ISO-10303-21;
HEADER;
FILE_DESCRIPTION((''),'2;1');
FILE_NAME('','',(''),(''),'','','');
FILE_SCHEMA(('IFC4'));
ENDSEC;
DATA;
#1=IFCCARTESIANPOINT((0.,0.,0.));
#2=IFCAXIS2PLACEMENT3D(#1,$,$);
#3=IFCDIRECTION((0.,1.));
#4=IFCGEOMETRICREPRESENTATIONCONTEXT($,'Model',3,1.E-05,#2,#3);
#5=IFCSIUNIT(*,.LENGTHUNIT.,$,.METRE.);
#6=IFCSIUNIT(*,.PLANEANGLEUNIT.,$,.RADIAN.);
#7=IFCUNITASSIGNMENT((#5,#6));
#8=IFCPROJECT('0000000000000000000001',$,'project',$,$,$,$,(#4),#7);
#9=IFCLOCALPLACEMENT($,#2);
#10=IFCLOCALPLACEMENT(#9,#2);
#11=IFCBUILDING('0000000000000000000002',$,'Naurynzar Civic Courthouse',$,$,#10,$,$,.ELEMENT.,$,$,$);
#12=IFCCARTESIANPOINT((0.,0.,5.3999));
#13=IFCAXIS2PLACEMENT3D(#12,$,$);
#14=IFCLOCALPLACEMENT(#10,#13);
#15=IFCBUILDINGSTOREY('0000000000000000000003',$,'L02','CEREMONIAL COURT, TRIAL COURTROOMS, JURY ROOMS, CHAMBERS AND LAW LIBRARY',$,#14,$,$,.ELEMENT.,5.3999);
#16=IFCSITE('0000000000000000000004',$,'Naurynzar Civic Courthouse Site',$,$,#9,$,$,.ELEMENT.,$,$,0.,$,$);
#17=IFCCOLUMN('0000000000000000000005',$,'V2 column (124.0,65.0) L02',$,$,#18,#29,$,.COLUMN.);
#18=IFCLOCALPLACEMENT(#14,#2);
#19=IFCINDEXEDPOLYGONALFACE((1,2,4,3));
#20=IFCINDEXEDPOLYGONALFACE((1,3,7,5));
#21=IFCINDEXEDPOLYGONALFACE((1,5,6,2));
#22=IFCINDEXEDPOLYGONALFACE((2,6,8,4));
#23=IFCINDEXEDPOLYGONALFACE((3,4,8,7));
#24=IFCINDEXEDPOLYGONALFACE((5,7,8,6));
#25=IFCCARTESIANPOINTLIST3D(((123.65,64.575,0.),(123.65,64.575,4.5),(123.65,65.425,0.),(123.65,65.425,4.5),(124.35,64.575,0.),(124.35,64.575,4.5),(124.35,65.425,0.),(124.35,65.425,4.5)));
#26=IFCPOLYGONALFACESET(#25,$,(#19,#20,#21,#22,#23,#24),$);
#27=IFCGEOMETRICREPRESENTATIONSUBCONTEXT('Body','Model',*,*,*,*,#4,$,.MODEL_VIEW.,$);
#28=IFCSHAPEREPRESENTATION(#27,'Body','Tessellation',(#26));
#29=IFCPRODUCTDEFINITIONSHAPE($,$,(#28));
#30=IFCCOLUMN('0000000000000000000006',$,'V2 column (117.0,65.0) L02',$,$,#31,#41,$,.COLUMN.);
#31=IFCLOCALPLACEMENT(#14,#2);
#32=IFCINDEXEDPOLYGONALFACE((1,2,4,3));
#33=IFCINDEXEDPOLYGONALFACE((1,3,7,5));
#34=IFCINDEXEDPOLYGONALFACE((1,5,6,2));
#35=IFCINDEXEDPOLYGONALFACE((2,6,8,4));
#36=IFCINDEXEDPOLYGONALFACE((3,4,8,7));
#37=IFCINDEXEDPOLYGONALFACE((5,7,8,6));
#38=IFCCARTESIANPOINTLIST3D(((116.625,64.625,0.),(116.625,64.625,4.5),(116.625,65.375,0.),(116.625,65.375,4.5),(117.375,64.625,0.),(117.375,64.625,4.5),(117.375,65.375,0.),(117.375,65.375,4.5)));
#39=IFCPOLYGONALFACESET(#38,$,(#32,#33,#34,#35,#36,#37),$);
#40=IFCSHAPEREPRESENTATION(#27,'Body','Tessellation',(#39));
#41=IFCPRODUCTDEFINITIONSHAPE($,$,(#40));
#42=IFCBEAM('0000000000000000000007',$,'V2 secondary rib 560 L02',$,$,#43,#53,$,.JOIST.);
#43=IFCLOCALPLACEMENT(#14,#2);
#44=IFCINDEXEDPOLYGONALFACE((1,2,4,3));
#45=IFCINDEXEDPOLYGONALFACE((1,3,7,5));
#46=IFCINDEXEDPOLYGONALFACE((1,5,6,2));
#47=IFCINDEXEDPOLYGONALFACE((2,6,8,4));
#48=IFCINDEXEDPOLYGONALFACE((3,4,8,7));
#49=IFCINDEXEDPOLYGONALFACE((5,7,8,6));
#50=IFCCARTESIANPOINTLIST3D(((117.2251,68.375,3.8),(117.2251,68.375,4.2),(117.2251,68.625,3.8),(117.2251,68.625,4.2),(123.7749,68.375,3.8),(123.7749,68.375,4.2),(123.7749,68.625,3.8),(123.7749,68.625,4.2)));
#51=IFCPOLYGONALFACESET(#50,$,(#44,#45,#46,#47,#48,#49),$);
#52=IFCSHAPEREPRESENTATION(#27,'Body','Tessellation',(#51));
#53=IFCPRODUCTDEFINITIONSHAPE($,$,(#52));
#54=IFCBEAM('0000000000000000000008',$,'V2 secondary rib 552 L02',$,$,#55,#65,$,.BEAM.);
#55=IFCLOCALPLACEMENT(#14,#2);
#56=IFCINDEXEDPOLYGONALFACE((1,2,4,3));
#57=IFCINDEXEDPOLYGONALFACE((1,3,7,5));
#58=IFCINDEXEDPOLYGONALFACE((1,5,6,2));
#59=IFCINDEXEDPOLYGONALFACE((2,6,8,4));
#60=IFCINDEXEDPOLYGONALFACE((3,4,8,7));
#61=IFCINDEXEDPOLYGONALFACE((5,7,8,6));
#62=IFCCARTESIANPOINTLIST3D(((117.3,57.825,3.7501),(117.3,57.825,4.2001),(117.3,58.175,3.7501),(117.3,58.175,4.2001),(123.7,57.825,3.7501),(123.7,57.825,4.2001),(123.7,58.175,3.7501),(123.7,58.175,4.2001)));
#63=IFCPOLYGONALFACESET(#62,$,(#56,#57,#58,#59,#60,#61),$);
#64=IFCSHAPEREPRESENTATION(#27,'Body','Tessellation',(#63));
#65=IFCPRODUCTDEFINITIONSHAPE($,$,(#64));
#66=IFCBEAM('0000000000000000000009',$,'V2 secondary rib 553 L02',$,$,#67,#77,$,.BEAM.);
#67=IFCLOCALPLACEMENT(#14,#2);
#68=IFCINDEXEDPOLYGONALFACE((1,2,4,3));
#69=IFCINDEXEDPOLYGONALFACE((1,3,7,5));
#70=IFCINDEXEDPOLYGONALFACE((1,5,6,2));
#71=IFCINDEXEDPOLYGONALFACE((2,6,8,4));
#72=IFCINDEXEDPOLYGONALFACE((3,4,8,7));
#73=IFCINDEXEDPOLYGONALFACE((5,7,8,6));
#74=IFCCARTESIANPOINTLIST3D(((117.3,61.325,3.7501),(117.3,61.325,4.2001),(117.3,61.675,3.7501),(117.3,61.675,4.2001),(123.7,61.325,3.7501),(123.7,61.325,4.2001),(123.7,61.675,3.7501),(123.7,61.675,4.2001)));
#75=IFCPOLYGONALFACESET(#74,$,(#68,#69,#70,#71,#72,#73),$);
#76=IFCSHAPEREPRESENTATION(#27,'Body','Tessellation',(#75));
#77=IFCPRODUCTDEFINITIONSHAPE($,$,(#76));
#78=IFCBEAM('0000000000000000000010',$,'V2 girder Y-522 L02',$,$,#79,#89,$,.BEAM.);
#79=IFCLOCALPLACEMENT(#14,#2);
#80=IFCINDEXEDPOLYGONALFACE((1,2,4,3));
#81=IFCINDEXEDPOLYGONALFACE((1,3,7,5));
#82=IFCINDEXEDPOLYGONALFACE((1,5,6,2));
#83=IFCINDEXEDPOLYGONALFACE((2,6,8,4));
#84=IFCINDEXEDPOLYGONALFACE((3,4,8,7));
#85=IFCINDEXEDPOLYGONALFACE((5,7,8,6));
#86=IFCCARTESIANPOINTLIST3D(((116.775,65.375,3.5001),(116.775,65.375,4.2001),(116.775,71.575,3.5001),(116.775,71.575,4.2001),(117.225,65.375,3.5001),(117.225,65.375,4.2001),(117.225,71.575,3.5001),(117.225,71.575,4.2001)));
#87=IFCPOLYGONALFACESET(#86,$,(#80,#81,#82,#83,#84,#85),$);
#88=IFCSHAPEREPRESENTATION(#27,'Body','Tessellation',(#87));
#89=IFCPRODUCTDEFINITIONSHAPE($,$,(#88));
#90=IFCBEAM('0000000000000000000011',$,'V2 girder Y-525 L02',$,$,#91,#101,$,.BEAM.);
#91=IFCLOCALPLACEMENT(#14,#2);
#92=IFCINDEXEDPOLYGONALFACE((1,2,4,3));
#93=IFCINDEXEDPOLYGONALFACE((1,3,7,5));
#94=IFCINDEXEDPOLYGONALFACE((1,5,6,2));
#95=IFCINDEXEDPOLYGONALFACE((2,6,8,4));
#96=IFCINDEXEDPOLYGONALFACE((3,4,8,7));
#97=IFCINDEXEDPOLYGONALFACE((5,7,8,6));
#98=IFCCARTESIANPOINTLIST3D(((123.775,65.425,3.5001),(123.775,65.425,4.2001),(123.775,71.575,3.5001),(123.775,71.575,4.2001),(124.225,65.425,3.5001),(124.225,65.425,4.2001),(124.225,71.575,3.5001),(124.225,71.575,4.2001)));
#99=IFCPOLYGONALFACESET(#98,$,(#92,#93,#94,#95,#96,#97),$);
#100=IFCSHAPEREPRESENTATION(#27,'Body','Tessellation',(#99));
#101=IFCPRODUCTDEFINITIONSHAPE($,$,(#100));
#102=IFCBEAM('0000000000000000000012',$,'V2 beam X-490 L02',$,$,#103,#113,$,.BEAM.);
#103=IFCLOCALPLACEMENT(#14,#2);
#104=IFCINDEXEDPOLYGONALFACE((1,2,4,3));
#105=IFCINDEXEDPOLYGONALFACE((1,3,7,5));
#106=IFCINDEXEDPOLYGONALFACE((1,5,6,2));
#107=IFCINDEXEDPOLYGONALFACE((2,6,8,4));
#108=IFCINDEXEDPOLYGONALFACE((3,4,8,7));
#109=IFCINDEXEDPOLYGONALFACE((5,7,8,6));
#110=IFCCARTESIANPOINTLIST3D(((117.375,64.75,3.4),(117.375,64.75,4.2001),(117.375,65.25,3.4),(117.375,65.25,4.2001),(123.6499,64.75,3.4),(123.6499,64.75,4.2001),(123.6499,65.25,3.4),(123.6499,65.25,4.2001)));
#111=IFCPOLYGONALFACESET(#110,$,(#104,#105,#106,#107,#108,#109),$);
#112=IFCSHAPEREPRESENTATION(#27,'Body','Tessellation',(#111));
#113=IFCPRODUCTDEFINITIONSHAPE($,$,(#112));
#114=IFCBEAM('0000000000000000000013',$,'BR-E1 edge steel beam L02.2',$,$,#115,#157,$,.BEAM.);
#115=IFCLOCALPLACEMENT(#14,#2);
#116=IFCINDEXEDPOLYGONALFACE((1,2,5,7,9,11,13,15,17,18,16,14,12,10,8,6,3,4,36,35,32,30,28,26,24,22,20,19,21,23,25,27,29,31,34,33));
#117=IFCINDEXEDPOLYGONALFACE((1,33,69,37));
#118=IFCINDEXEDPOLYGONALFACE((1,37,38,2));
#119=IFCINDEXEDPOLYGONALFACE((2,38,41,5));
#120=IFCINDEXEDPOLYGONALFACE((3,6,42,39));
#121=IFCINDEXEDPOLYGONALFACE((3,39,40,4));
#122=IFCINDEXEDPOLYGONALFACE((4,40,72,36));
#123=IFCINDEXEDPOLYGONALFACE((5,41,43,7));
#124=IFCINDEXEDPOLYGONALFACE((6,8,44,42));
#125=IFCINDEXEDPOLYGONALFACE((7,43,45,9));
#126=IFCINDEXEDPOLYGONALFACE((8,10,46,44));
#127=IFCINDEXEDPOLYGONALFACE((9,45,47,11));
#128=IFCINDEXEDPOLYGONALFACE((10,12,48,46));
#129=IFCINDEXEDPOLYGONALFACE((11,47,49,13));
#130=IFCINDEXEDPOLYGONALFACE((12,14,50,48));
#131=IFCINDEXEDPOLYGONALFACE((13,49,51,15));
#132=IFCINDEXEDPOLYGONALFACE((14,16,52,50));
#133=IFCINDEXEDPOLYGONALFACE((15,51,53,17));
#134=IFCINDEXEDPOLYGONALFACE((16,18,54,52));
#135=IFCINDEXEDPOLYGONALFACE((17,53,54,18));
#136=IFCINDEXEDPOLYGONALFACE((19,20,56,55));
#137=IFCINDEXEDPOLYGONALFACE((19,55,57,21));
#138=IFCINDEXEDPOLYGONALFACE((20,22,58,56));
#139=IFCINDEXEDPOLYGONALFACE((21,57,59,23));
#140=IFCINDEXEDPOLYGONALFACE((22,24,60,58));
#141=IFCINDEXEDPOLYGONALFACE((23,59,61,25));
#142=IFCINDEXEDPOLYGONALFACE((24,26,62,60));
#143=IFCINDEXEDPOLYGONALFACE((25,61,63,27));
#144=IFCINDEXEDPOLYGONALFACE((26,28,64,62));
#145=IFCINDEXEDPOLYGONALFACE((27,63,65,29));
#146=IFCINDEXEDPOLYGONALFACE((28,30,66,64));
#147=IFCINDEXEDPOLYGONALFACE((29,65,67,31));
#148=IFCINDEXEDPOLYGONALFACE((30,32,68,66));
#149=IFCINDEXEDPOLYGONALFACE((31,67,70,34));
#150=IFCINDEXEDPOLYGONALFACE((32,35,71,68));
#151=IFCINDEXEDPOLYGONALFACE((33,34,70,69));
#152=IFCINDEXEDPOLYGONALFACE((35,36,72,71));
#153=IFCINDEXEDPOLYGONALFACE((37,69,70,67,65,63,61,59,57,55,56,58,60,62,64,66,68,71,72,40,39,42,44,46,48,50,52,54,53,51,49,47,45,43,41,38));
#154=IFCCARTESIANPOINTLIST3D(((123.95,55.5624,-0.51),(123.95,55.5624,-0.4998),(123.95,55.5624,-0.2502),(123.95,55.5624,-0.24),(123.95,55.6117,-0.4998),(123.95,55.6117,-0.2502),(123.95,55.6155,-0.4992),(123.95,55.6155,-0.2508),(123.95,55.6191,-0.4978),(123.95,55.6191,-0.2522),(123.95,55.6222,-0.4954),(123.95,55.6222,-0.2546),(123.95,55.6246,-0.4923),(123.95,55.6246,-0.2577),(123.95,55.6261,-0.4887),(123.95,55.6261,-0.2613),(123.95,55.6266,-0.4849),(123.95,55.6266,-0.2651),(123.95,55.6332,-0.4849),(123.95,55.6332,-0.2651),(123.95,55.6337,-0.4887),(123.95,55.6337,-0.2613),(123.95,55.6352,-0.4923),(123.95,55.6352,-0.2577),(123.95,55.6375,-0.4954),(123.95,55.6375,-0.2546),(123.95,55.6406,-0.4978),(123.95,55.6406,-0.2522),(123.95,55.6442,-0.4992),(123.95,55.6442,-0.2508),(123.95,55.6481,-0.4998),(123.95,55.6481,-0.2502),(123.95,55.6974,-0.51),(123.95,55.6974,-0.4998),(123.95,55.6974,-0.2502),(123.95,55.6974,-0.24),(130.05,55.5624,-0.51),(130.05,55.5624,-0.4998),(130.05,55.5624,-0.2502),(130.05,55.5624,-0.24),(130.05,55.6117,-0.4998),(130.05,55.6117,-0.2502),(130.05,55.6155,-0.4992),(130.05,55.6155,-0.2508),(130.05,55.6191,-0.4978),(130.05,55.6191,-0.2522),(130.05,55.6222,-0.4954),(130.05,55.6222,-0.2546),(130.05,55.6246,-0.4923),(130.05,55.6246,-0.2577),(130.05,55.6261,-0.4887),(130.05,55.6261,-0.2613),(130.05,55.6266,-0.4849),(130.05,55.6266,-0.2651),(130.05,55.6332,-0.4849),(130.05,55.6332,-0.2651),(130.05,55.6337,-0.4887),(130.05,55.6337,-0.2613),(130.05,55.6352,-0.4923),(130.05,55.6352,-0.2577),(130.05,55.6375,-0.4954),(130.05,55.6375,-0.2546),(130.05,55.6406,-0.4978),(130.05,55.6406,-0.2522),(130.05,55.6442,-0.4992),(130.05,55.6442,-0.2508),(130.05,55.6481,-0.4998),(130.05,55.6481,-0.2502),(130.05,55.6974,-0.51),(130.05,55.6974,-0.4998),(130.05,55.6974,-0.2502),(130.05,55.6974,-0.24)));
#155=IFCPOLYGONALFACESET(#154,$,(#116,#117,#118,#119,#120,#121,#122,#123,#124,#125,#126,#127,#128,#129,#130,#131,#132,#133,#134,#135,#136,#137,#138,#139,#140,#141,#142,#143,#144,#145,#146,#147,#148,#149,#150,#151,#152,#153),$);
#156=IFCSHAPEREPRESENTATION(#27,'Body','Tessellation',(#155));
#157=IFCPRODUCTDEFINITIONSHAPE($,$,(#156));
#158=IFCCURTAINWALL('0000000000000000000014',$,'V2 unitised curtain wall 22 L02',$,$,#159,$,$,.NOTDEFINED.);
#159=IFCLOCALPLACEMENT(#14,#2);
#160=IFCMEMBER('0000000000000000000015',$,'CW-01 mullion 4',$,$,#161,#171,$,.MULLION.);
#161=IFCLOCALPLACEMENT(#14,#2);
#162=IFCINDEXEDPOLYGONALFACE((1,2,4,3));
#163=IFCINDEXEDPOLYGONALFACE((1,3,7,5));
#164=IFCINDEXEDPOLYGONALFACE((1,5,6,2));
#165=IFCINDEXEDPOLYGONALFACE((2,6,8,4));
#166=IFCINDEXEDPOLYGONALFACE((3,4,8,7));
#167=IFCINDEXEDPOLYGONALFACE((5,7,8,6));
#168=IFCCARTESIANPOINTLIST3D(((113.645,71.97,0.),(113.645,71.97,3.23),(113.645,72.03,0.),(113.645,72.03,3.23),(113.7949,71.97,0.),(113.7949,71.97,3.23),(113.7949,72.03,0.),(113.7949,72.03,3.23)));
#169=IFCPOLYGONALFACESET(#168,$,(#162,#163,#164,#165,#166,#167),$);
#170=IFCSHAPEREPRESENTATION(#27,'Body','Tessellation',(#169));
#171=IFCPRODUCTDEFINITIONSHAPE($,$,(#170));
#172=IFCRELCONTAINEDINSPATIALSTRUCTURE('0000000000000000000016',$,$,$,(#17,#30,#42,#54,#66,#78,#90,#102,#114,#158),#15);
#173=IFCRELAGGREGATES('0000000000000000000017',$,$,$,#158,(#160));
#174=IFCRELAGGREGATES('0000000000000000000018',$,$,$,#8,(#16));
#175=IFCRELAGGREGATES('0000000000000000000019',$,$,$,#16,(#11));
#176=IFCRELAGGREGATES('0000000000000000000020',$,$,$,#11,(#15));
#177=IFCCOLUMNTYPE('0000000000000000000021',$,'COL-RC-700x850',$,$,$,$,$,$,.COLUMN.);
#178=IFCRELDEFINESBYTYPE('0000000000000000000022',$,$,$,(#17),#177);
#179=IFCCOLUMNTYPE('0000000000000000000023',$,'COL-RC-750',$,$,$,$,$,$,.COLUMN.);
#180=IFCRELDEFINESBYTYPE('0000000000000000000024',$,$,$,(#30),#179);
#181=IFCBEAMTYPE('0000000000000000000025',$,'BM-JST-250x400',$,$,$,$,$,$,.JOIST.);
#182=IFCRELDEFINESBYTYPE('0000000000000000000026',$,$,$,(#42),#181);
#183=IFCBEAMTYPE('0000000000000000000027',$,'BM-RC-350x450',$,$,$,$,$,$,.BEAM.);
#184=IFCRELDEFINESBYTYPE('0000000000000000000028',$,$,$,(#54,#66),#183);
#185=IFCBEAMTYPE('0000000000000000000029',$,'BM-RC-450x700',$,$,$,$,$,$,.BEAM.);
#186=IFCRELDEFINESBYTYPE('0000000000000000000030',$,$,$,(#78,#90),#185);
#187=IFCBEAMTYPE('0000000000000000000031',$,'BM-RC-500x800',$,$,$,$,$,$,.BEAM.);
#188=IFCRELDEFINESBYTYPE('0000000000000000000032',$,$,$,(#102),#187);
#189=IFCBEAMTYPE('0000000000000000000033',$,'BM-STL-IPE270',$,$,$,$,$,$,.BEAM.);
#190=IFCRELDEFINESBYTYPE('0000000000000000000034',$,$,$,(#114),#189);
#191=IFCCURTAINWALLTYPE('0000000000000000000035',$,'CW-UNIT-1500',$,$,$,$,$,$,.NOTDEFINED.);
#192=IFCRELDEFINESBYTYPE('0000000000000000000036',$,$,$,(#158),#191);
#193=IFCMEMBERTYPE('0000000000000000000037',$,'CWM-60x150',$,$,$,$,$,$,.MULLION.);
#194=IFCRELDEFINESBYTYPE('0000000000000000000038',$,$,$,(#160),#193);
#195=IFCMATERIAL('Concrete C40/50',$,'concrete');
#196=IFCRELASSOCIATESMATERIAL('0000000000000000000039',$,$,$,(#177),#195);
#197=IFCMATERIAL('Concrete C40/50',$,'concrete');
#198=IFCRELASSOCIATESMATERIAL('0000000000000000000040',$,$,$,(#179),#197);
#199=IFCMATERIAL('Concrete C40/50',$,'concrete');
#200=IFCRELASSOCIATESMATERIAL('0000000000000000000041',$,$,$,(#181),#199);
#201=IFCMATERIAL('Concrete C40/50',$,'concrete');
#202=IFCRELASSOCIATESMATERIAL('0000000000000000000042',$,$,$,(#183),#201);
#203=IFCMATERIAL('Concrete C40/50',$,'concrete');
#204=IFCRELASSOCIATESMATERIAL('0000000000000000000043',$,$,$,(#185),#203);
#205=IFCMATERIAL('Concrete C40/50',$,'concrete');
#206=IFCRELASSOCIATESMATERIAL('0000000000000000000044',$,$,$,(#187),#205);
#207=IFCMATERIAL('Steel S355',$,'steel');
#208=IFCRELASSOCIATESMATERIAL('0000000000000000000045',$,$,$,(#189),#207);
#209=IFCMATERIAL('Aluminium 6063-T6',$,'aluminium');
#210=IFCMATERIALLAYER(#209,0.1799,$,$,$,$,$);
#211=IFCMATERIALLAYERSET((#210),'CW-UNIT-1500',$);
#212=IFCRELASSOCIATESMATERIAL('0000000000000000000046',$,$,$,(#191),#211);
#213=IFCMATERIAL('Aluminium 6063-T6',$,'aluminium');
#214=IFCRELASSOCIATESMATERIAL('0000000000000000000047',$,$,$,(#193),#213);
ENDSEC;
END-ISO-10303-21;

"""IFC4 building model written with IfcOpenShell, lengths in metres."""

from ifc_helpers import new_model, si_unit, direction, frame, origin, origin_2d, place, context, subcontext, project, spatial, rectangle, i_section, extrude, material, layer, layer_set, material_profile, profile_set, type_object, element, aggregate, save


model = new_model("IFC4")

# Units and contexts
model_context = context("Model", 3, precision=1e-05, world=origin(), true_north=direction((0.0, 1.0)))
body_context = subcontext(model_context, "Body", "Model", "MODEL_VIEW")
ifc_project = project(units=[si_unit("LENGTHUNIT", "METRE"), si_unit("PLANEANGLEUNIT", "RADIAN")], contexts=[model_context])

# Site, building, storey
site_placement = place(None, origin())
site = spatial("IfcSite", under=ifc_project, at=site_placement, Name="Naurynzar Civic Courthouse Site", CompositionType="ELEMENT", RefElevation=0.0)
building_placement = place(site_placement, origin())
building = spatial("IfcBuilding", under=site, at=building_placement, Name="Naurynzar Civic Courthouse", CompositionType="ELEMENT")
storey_placement = place(building_placement, frame((0.0, 0.0, 5.3999)))
storey = spatial("IfcBuildingStorey", under=building, at=storey_placement, Name="L02", Description="CEREMONIAL COURT, TRIAL COURTROOMS, JURY ROOMS, CHAMBERS AND LAW LIBRARY", CompositionType="ELEMENT", Elevation=5.3999)

# Columns
ifc_material_1 = material(Name="Concrete C40/50", Category="concrete")
ifc_material_profile_1 = material_profile(ifc_material_1, rectangle(XDim=0.7, YDim=0.8501, at=origin_2d()), Name="RC 700x850")
ifc_profile_set_1 = profile_set([ifc_material_profile_1], Name="Concrete C40/50")
column_type_1 = type_object("IfcColumnType", Name="COL-RC-700x850", PredefinedType="COLUMN", material=ifc_profile_set_1)
column_1_placement = place(storey_placement, frame((124.0, 65.0, 0.0), z_axis=(0.0, 0.0, 1.0), x_axis=(1.0, 0.0, 0.0)))
element("IfcColumn", 1, at=column_1_placement, inside=storey, type_object=column_type_1, Name="V2 column (124.0,65.0) L02", PredefinedType="COLUMN", context=body_context, shape_type="SweptSolid", body=[
    extrude(rectangle(XDim=0.7, YDim=0.8501, at=origin_2d()), origin(), (0.0, 0.0, 1.0), 4.5),
])
ifc_material_2 = material(Name="Concrete C40/50", Category="concrete")
ifc_material_profile_2 = material_profile(ifc_material_2, rectangle(XDim=0.75, YDim=0.75, at=origin_2d()), Name="RC 750x750")
ifc_profile_set_2 = profile_set([ifc_material_profile_2], Name="Concrete C40/50")
column_type_2 = type_object("IfcColumnType", Name="COL-RC-750", PredefinedType="COLUMN", material=ifc_profile_set_2)
column_2_placement = place(storey_placement, frame((117.0, 65.0, 0.0), z_axis=(0.0, 0.0, 1.0), x_axis=(1.0, 0.0, 0.0)))
element("IfcColumn", 2, at=column_2_placement, inside=storey, type_object=column_type_2, Name="V2 column (117.0,65.0) L02", PredefinedType="COLUMN", context=body_context, shape_type="SweptSolid", body=[
    extrude(rectangle(XDim=0.75, YDim=0.75, at=origin_2d()), origin(), (0.0, 0.0, 1.0), 4.5),
])

# Beams
ifc_material_3 = material(Name="Concrete C40/50", Category="concrete")
ifc_material_profile_3 = material_profile(ifc_material_3, rectangle(XDim=0.25, YDim=0.3999, at=origin_2d()), Name="RCB 250x400")
ifc_profile_set_3 = profile_set([ifc_material_profile_3], Name="Concrete C40/50")
beam_type_1 = type_object("IfcBeamType", Name="BM-JST-250x400", PredefinedType="JOIST", material=ifc_profile_set_3)
beam_1_placement = place(storey_placement, frame((117.2251, 68.5, 4.0), z_axis=(1.0, 0.0, 0.0), x_axis=(0.0, 1.0, 0.0)))
element("IfcBeam", 3, at=beam_1_placement, inside=storey, type_object=beam_type_1, Name="V2 secondary rib 560 L02", PredefinedType="JOIST", context=body_context, shape_type="SweptSolid", body=[
    extrude(rectangle(XDim=0.25, YDim=0.3999, at=origin_2d()), origin(), (0.0, 0.0, 1.0), 6.5498),
])
ifc_material_4 = material(Name="Concrete C40/50", Category="concrete")
ifc_material_profile_4 = material_profile(ifc_material_4, rectangle(XDim=0.3501, YDim=0.45, at=origin_2d()), Name="RCB 350x450")
ifc_profile_set_4 = profile_set([ifc_material_profile_4], Name="Concrete C40/50")
beam_type_2 = type_object("IfcBeamType", Name="BM-RC-350x450", PredefinedType="BEAM", material=ifc_profile_set_4)
for number, where, z_axis, x_axis, name in (
    (4, (117.3, 58.0, 3.9751), (1.0, 0.0, 0.0), (0.0, 1.0, 0.0), "V2 secondary rib 552 L02"),
    (5, (117.3, 61.5, 3.9751), (1.0, 0.0, 0.0), (0.0, 1.0, 0.0), "V2 secondary rib 553 L02"),
):
    element("IfcBeam", number, at=place(storey_placement, frame(where, z_axis=z_axis, x_axis=x_axis)), inside=storey, type_object=beam_type_2, Name=name, PredefinedType="BEAM", context=body_context, shape_type="SweptSolid", body=[
        extrude(rectangle(XDim=0.3501, YDim=0.45, at=origin_2d()), origin(), (0.0, 0.0, 1.0), 6.3999),
    ])
ifc_material_5 = material(Name="Concrete C40/50", Category="concrete")
ifc_material_profile_5 = material_profile(ifc_material_5, rectangle(XDim=0.45, YDim=0.7, at=origin_2d()), Name="RCB 450x700")
ifc_profile_set_5 = profile_set([ifc_material_profile_5], Name="Concrete C40/50")
beam_type_3 = type_object("IfcBeamType", Name="BM-RC-450x700", PredefinedType="BEAM", material=ifc_profile_set_5)
beam_2_placement = place(storey_placement, frame((117.0, 65.375, 3.8501), z_axis=(0.0, 1.0, 0.0), x_axis=(-1.0, 0.0, 0.0)))
element("IfcBeam", 6, at=beam_2_placement, inside=storey, type_object=beam_type_3, Name="V2 girder Y-522 L02", PredefinedType="BEAM", context=body_context, shape_type="SweptSolid", body=[
    extrude(rectangle(XDim=0.45, YDim=0.7, at=origin_2d()), origin(), (0.0, 0.0, 1.0), 6.2),
])
beam_3_placement = place(storey_placement, frame((124.0, 65.425, 3.8501), z_axis=(0.0, 1.0, 0.0), x_axis=(-1.0, 0.0, 0.0)))
element("IfcBeam", 7, at=beam_3_placement, inside=storey, type_object=beam_type_3, Name="V2 girder Y-525 L02", PredefinedType="BEAM", context=body_context, shape_type="SweptSolid", body=[
    extrude(rectangle(XDim=0.45, YDim=0.7, at=origin_2d()), origin(), (0.0, 0.0, 1.0), 6.1499),
])
ifc_material_6 = material(Name="Concrete C40/50", Category="concrete")
ifc_material_profile_6 = material_profile(ifc_material_6, rectangle(XDim=0.5, YDim=0.8, at=origin_2d()), Name="RCB 500x800")
ifc_profile_set_6 = profile_set([ifc_material_profile_6], Name="Concrete C40/50")
beam_type_4 = type_object("IfcBeamType", Name="BM-RC-500x800", PredefinedType="BEAM", material=ifc_profile_set_6)
beam_4_placement = place(storey_placement, frame((117.375, 65.0, 3.8), z_axis=(1.0, 0.0, 0.0), x_axis=(0.0, 1.0, 0.0)))
element("IfcBeam", 8, at=beam_4_placement, inside=storey, type_object=beam_type_4, Name="V2 beam X-490 L02", PredefinedType="BEAM", context=body_context, shape_type="SweptSolid", body=[
    extrude(rectangle(XDim=0.5, YDim=0.8, at=origin_2d()), origin(), (0.0, 0.0, 1.0), 6.2749),
])
ifc_material_7 = material(Name="Steel S355", Category="steel")
ifc_material_profile_7 = material_profile(ifc_material_7, i_section(OverallWidth=0.135, OverallDepth=0.27, WebThickness=0.0066, FlangeThickness=0.0103, FilletRadius=0.0149, at=origin_2d()), Name="IPE 270")
ifc_profile_set_7 = profile_set([ifc_material_profile_7], Name="Steel S355")
beam_type_5 = type_object("IfcBeamType", Name="BM-STL-IPE270", PredefinedType="BEAM", material=ifc_profile_set_7)
beam_5_placement = place(storey_placement, frame((123.95, 55.6299, -0.375), z_axis=(1.0, 0.0, 0.0), x_axis=(0.0, 1.0, 0.0)))
element("IfcBeam", 9, at=beam_5_placement, inside=storey, type_object=beam_type_5, Name="BR-E1 edge steel beam L02.2", PredefinedType="BEAM", context=body_context, shape_type="SweptSolid", body=[
    extrude(i_section(OverallWidth=0.135, OverallDepth=0.27, WebThickness=0.0066, FlangeThickness=0.0103, FilletRadius=0.0149, at=origin_2d()), origin(), (0.0, 0.0, 1.0), 6.1001),
])

# Curtain wall, member
ifc_material_8 = material(Name="Aluminium 6063-T6", Category="aluminium")
ifc_layer_1 = layer(ifc_material_8, 0.1799)
ifc_layer_set_1 = layer_set([ifc_layer_1], Name="CW-UNIT-1500")
curtain_wall_type = type_object("IfcCurtainWallType", Name="CW-UNIT-1500", PredefinedType="NOTDEFINED", material=ifc_layer_set_1)
curtain_wall_placement = place(storey_placement, origin())
curtain_wall = element("IfcCurtainWall", 10, at=curtain_wall_placement, inside=storey, type_object=curtain_wall_type, Name="V2 unitised curtain wall 22 L02", PredefinedType="NOTDEFINED")
ifc_material_9 = material(Name="Aluminium 6063-T6", Category="aluminium")
ifc_material_profile_8 = material_profile(ifc_material_9, rectangle(XDim=0.0601, YDim=0.1499, at=origin_2d()), Name="ALU MULLION 60x150")
ifc_profile_set_8 = profile_set([ifc_material_profile_8], Name="Aluminium 6063-T6")
member_type_1 = type_object("IfcMemberType", Name="CWM-60x150", PredefinedType="MULLION", material=ifc_profile_set_8)
member_1_placement = place(storey_placement, frame((113.72, 72.0, 0.0), z_axis=(0.0, 0.0, 1.0), x_axis=(0.0, 1.0, 0.0)))
member_1 = element("IfcMember", 11, at=member_1_placement, type_object=member_type_1, Name="CW-01 mullion 4", PredefinedType="MULLION", context=body_context, shape_type="SweptSolid", body=[
    extrude(rectangle(XDim=0.0601, YDim=0.1499, at=origin_2d()), origin(), (0.0, 0.0, 1.0), 3.23),
])
aggregate(curtain_wall, [member_1])

save(model, "model.ifc")
